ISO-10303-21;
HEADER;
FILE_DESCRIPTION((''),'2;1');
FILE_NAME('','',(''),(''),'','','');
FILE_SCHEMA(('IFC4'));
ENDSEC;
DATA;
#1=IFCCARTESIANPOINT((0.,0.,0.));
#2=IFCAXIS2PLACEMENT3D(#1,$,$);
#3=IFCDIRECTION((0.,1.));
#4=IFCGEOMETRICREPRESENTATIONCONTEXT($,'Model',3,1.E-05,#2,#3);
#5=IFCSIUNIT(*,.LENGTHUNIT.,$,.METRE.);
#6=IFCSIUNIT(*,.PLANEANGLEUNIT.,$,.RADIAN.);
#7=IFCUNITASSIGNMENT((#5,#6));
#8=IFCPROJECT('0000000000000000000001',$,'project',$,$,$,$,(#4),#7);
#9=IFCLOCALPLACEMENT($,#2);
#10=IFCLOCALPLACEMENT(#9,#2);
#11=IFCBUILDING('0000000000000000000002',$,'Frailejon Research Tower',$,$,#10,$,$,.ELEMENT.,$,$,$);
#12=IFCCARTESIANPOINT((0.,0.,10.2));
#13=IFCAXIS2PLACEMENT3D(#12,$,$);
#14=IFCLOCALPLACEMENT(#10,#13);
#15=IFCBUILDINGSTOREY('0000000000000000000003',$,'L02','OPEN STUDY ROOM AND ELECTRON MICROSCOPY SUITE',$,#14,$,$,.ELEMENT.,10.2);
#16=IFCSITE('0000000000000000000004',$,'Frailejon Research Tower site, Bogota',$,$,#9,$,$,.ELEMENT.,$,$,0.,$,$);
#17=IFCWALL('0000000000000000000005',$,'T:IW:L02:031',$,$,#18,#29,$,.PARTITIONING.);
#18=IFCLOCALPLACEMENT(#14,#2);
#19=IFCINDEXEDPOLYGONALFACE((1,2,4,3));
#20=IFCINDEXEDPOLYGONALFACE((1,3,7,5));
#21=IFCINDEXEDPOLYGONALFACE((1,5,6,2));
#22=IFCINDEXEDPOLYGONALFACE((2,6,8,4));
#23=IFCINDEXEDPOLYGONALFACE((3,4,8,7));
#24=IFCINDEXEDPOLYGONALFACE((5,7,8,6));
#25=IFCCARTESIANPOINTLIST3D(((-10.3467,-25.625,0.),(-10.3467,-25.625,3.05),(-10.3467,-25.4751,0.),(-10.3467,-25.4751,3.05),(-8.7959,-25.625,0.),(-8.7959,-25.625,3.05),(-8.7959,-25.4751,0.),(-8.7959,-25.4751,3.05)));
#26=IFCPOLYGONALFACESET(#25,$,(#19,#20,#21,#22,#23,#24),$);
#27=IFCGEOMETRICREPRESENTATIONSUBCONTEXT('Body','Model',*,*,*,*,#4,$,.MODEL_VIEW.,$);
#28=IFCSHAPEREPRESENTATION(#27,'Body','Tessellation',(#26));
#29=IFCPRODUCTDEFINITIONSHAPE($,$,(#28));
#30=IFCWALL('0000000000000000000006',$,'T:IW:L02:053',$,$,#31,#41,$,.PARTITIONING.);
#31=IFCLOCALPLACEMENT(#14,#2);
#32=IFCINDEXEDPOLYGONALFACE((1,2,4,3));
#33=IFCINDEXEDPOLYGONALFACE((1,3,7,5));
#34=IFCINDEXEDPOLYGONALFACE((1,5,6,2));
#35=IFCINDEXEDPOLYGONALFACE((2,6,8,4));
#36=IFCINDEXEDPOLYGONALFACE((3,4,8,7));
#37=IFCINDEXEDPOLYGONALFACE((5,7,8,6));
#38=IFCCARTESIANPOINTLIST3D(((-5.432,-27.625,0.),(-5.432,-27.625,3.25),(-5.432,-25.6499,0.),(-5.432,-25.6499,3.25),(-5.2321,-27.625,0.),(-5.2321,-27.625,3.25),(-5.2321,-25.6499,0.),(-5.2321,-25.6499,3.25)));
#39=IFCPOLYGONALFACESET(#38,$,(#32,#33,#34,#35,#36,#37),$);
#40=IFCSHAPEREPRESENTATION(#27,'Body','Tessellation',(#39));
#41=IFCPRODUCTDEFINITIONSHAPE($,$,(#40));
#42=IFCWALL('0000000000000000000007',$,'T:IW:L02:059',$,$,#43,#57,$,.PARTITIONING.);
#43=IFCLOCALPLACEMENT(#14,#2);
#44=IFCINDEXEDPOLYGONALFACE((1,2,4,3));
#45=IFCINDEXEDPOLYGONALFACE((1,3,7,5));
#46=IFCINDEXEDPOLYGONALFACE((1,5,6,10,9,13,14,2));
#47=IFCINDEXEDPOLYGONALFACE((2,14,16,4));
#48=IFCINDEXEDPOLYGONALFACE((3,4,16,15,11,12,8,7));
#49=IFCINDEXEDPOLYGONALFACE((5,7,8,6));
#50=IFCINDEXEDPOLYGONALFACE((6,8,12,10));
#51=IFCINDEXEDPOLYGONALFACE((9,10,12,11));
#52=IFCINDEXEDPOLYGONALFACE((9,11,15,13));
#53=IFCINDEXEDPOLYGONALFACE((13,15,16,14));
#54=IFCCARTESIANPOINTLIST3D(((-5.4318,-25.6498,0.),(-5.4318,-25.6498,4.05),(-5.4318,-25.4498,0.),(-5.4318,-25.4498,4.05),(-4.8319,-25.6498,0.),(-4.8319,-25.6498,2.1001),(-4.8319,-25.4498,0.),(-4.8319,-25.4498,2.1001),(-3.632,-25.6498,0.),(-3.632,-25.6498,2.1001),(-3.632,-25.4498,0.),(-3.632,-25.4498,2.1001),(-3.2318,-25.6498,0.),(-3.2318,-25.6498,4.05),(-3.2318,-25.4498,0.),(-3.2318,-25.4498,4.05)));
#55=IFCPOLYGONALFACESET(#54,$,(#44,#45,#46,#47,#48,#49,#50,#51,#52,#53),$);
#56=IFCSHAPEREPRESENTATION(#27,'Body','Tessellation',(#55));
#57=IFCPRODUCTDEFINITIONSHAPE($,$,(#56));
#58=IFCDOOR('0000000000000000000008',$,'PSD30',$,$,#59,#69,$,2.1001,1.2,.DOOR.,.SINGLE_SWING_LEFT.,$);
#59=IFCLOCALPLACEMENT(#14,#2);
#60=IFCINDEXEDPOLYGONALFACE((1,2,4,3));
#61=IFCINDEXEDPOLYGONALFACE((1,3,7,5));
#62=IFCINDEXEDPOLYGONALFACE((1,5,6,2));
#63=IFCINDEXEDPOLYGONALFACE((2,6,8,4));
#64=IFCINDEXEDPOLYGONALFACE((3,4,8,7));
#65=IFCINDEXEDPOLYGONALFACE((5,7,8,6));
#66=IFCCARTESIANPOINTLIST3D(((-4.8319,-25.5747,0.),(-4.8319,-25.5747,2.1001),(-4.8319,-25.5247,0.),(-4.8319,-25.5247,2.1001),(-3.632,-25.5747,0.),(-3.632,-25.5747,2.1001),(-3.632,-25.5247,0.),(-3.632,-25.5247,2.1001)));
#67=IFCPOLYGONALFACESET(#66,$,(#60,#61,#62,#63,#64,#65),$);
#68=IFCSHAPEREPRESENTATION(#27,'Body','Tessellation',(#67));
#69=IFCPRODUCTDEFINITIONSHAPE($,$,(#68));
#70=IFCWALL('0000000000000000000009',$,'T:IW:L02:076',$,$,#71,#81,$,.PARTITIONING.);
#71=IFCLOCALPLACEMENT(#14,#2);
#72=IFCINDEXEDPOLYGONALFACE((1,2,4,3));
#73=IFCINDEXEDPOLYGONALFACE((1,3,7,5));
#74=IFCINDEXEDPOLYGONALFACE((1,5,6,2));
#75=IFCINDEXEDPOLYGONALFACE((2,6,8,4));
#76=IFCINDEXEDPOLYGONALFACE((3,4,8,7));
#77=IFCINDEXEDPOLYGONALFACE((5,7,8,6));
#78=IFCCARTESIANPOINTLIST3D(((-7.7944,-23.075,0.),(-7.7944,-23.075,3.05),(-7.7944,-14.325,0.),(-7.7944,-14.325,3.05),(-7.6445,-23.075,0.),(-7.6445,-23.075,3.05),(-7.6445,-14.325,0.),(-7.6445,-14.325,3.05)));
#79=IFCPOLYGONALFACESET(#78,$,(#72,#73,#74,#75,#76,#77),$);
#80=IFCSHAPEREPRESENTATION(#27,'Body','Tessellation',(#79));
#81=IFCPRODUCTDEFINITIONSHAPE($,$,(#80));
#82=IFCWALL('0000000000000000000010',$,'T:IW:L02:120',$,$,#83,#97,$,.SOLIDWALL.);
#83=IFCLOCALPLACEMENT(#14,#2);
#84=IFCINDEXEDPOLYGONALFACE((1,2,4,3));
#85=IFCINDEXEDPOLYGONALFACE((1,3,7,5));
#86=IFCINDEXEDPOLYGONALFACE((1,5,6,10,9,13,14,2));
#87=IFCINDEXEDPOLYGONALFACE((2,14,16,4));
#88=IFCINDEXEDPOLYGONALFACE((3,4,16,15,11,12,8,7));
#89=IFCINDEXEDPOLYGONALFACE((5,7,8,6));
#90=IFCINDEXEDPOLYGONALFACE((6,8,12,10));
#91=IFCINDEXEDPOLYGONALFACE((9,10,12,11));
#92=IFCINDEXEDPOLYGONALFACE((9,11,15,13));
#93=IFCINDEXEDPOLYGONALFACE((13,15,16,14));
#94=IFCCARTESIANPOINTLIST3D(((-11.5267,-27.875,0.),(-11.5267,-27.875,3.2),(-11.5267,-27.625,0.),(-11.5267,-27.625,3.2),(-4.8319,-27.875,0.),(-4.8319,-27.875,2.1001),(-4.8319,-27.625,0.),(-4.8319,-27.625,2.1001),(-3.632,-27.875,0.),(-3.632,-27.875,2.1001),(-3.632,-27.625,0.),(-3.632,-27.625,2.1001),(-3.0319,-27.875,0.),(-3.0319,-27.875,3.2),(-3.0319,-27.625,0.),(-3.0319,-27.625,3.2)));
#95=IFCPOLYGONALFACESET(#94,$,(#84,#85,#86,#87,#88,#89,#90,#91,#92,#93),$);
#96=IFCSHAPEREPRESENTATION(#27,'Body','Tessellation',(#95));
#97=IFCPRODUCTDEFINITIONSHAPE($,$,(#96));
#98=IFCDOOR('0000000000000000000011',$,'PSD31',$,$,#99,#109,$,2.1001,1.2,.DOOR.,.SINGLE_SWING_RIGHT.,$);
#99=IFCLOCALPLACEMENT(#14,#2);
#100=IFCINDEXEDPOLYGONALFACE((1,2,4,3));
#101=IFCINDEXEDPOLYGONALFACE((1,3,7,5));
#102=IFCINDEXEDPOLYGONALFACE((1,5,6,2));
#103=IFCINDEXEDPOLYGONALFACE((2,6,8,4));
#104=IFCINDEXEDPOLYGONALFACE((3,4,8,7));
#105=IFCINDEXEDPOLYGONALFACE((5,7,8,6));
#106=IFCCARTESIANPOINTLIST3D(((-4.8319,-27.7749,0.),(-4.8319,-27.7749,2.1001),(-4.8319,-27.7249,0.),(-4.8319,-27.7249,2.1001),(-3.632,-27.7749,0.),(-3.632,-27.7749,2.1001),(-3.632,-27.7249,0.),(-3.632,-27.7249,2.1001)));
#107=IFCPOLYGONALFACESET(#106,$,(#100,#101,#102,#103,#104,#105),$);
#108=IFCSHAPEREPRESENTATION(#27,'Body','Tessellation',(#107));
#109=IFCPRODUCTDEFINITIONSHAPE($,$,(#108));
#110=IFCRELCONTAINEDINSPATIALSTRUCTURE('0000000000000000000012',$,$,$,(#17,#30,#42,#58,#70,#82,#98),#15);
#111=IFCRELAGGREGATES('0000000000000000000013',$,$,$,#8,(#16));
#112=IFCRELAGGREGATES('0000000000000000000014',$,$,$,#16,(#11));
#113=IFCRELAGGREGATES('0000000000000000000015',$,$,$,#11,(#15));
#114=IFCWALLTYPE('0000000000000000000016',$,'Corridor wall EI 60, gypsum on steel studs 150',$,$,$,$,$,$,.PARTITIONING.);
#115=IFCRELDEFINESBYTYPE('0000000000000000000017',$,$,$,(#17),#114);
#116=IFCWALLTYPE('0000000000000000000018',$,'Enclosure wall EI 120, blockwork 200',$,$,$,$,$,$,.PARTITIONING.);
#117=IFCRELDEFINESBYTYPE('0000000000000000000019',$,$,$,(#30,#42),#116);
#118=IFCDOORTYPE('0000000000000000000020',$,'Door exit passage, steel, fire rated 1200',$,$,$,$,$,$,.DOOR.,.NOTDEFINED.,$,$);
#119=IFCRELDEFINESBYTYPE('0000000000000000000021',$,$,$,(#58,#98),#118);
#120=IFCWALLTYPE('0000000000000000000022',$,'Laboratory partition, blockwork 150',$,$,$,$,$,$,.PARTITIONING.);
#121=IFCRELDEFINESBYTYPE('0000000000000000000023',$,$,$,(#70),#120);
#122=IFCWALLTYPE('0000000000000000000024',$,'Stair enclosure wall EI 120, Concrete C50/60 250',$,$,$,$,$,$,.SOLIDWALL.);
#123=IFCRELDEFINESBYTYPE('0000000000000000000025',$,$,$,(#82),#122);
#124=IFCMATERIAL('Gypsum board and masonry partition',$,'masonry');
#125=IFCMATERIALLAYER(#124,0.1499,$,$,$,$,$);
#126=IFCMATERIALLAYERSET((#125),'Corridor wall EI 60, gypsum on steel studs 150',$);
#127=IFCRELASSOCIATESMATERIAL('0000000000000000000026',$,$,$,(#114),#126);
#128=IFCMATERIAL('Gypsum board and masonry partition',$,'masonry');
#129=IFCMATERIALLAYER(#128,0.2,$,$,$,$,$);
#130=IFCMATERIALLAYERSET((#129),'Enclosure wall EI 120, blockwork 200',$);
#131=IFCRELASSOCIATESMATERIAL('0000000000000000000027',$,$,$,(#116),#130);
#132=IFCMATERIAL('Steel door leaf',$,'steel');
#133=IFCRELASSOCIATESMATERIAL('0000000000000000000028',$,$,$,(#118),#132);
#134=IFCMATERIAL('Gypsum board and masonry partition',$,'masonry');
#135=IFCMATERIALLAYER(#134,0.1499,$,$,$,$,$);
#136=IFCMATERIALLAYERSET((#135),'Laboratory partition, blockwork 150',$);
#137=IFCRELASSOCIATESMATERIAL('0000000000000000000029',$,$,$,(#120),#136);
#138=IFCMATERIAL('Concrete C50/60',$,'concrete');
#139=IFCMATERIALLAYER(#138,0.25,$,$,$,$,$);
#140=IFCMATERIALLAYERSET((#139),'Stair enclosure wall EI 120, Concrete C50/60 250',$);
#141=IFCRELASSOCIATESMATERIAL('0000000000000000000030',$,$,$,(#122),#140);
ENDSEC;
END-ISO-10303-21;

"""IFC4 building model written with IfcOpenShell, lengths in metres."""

from ifc_helpers import new_model, si_unit, direction, frame, frame_2d, origin, place, context, subcontext, project, spatial, rectangle, extrude, material, layer, layer_set, type_object, element, fill, save


model = new_model("IFC4")

# Units and contexts
model_context = context("Model", 3, precision=1e-05, world=origin(), true_north=direction((0.0, 1.0)))
body_context = subcontext(model_context, "Body", "Model", "MODEL_VIEW")
ifc_project = project(units=[si_unit("LENGTHUNIT", "METRE"), si_unit("PLANEANGLEUNIT", "RADIAN")], contexts=[model_context])

# Site, building, storey
site_placement = place(None, origin())
site = spatial("IfcSite", under=ifc_project, at=site_placement, Name="Frailejon Research Tower site, Bogota", CompositionType="ELEMENT", RefElevation=0.0)
building_placement = place(site_placement, origin())
building = spatial("IfcBuilding", under=site, at=building_placement, Name="Frailejon Research Tower", CompositionType="ELEMENT")
storey_placement = place(building_placement, frame((0.0, 0.0, 10.2)))
storey = spatial("IfcBuildingStorey", under=building, at=storey_placement, Name="L02", Description="OPEN STUDY ROOM AND ELECTRON MICROSCOPY SUITE", CompositionType="ELEMENT", Elevation=10.2)

# Shared definitions
ifc_material_1 = material(Name="Gypsum board and masonry partition", Category="masonry")
ifc_layer_1 = layer(ifc_material_1, 0.1499)
ifc_layer_set_1 = layer_set([ifc_layer_1], Name="Corridor wall EI 60, gypsum on steel studs 150")
wall_type_1 = type_object("IfcWallType", Name="Corridor wall EI 60, gypsum on steel studs 150", PredefinedType="PARTITIONING", material=ifc_layer_set_1)

# Walls
wall_1_placement = place(storey_placement, frame((-10.3467, -25.55, 0.0), z_axis=(0.0, 0.0, 1.0), x_axis=(1.0, 0.0, 0.0)))
element("IfcWall", 1, at=wall_1_placement, inside=storey, type_object=wall_type_1, Name="T:IW:L02:031", PredefinedType="PARTITIONING", context=body_context, shape_type="SweptSolid", body=[
    extrude(rectangle(XDim=1.5508, YDim=0.1499, at=frame_2d((0.7754, 0.0))), origin(), (0.0, 0.0, 1.0), 3.05),
])
ifc_material_2 = material(Name="Gypsum board and masonry partition", Category="masonry")
ifc_layer_2 = layer(ifc_material_2, 0.2)
ifc_layer_set_2 = layer_set([ifc_layer_2], Name="Enclosure wall EI 120, blockwork 200")
wall_type_2 = type_object("IfcWallType", Name="Enclosure wall EI 120, blockwork 200", PredefinedType="PARTITIONING", material=ifc_layer_set_2)
wall_2_placement = place(storey_placement, frame((-5.332, -27.625, 0.0), z_axis=(0.0, 0.0, 1.0), x_axis=(0.0, 1.0, 0.0)))
element("IfcWall", 2, at=wall_2_placement, inside=storey, type_object=wall_type_2, Name="T:IW:L02:053", PredefinedType="PARTITIONING", context=body_context, shape_type="SweptSolid", body=[
    extrude(rectangle(XDim=1.9751, YDim=0.2, at=frame_2d((0.9875, 0.0))), origin(), (0.0, 0.0, 1.0), 3.25),
])

# Wall, opening, door
wall_3_placement = place(storey_placement, frame((-5.4319, -25.5498, 0.0), z_axis=(0.0, 0.0, 1.0), x_axis=(1.0, 0.0, 0.0)))
wall_3 = element("IfcWall", 3, at=wall_3_placement, inside=storey, type_object=wall_type_2, Name="T:IW:L02:059", PredefinedType="PARTITIONING", context=body_context, shape_type="SweptSolid", body=[
    extrude(rectangle(XDim=2.2, YDim=0.2, at=frame_2d((1.1001, 0.0))), origin(), (0.0, 0.0, 1.0), 4.05),
])
opening_1_placement = place(wall_3_placement, frame((1.8, 0.0, 0.0), z_axis=(0.0, 0.0, 1.0), x_axis=(-1.0, 0.0, 0.0)))
opening_1 = element("IfcOpeningElement", 4, at=opening_1_placement, cuts=wall_3, PredefinedType="OPENING", context=body_context, shape_type="SweptSolid", body=[
    extrude(rectangle(XDim=1.2, YDim=2.1001, at=frame_2d((0.6001, 1.05))), frame((0.0, 0.1099, 0.0), z_axis=(0.0, -1.0, 0.0), x_axis=(1.0, 0.0, 0.0)), (0.0, 0.0, 1.0), 0.22),
])
ifc_material_3 = material(Name="Steel door leaf", Category="steel")
door_type_1 = type_object("IfcDoorType", Name="Door exit passage, steel, fire rated 1200", OperationType="NOTDEFINED", PredefinedType="DOOR", material=ifc_material_3)
door_1_placement = place(opening_1_placement, origin())
door_1 = element("IfcDoor", 5, at=door_1_placement, inside=storey, type_object=door_type_1, Name="PSD30", OperationType="SINGLE_SWING_LEFT", OverallHeight=2.1001, OverallWidth=1.2, PredefinedType="DOOR", context=body_context, shape_type="SweptSolid", body=[
    extrude(rectangle(XDim=1.2, YDim=2.1001, at=frame_2d((0.6001, 1.05))), frame((0.0, 0.0249, 0.0), z_axis=(0.0, -1.0, 0.0), x_axis=(1.0, 0.0, 0.0)), (0.0, 0.0, 1.0), 0.05),
])
fill(opening_1, door_1)

# Wall
ifc_material_4 = material(Name="Gypsum board and masonry partition", Category="masonry")
ifc_layer_3 = layer(ifc_material_4, 0.1499)
ifc_layer_set_3 = layer_set([ifc_layer_3], Name="Laboratory partition, blockwork 150")
wall_type_3 = type_object("IfcWallType", Name="Laboratory partition, blockwork 150", PredefinedType="PARTITIONING", material=ifc_layer_set_3)
wall_4_placement = place(storey_placement, frame((-7.7195, -23.075, 0.0), z_axis=(0.0, 0.0, 1.0), x_axis=(0.0, 1.0, 0.0)))
element("IfcWall", 6, at=wall_4_placement, inside=storey, type_object=wall_type_3, Name="T:IW:L02:076", PredefinedType="PARTITIONING", context=body_context, shape_type="SweptSolid", body=[
    extrude(rectangle(XDim=8.75, YDim=0.1499, at=frame_2d((4.375, 0.0))), origin(), (0.0, 0.0, 1.0), 3.05),
])

# Wall, opening, door
ifc_material_5 = material(Name="Concrete C50/60", Category="concrete")
ifc_layer_4 = layer(ifc_material_5, 0.25)
ifc_layer_set_4 = layer_set([ifc_layer_4], Name="Stair enclosure wall EI 120, Concrete C50/60 250")
wall_type_4 = type_object("IfcWallType", Name="Stair enclosure wall EI 120, Concrete C50/60 250", PredefinedType="SOLIDWALL", material=ifc_layer_set_4)
wall_5_placement = place(storey_placement, frame((-11.5269, -27.75, 0.0), z_axis=(0.0, 0.0, 1.0), x_axis=(1.0, 0.0, 0.0)))
wall_5 = element("IfcWall", 7, at=wall_5_placement, inside=storey, type_object=wall_type_4, Name="T:IW:L02:120", PredefinedType="SOLIDWALL", context=body_context, shape_type="SweptSolid", body=[
    extrude(rectangle(XDim=8.4949, YDim=0.25, at=frame_2d((4.2476, 0.0))), origin(), (0.0, 0.0, 1.0), 3.2),
])
opening_2_placement = place(wall_5_placement, frame((7.895, 0.0, 0.0), z_axis=(0.0, 0.0, 1.0), x_axis=(-1.0, 0.0, 0.0)))
opening_2 = element("IfcOpeningElement", 8, at=opening_2_placement, cuts=wall_5, PredefinedType="OPENING", context=body_context, shape_type="SweptSolid", body=[
    extrude(rectangle(XDim=1.2, YDim=2.1001, at=frame_2d((0.6001, 1.05))), frame((0.0, 0.135, 0.0), z_axis=(0.0, -1.0, 0.0), x_axis=(1.0, 0.0, 0.0)), (0.0, 0.0, 1.0), 0.27),
])
door_2_placement = place(opening_2_placement, origin())
door_2 = element("IfcDoor", 9, at=door_2_placement, inside=storey, type_object=door_type_1, Name="PSD31", OperationType="SINGLE_SWING_RIGHT", OverallHeight=2.1001, OverallWidth=1.2, PredefinedType="DOOR", context=body_context, shape_type="SweptSolid", body=[
    extrude(rectangle(XDim=1.2, YDim=2.1001, at=frame_2d((0.6001, 1.05))), frame((0.0, 0.0249, 0.0), z_axis=(0.0, -1.0, 0.0), x_axis=(1.0, 0.0, 0.0)), (0.0, 0.0, 1.0), 0.05),
])
fill(opening_2, door_2)

save(model, "model.ifc")
